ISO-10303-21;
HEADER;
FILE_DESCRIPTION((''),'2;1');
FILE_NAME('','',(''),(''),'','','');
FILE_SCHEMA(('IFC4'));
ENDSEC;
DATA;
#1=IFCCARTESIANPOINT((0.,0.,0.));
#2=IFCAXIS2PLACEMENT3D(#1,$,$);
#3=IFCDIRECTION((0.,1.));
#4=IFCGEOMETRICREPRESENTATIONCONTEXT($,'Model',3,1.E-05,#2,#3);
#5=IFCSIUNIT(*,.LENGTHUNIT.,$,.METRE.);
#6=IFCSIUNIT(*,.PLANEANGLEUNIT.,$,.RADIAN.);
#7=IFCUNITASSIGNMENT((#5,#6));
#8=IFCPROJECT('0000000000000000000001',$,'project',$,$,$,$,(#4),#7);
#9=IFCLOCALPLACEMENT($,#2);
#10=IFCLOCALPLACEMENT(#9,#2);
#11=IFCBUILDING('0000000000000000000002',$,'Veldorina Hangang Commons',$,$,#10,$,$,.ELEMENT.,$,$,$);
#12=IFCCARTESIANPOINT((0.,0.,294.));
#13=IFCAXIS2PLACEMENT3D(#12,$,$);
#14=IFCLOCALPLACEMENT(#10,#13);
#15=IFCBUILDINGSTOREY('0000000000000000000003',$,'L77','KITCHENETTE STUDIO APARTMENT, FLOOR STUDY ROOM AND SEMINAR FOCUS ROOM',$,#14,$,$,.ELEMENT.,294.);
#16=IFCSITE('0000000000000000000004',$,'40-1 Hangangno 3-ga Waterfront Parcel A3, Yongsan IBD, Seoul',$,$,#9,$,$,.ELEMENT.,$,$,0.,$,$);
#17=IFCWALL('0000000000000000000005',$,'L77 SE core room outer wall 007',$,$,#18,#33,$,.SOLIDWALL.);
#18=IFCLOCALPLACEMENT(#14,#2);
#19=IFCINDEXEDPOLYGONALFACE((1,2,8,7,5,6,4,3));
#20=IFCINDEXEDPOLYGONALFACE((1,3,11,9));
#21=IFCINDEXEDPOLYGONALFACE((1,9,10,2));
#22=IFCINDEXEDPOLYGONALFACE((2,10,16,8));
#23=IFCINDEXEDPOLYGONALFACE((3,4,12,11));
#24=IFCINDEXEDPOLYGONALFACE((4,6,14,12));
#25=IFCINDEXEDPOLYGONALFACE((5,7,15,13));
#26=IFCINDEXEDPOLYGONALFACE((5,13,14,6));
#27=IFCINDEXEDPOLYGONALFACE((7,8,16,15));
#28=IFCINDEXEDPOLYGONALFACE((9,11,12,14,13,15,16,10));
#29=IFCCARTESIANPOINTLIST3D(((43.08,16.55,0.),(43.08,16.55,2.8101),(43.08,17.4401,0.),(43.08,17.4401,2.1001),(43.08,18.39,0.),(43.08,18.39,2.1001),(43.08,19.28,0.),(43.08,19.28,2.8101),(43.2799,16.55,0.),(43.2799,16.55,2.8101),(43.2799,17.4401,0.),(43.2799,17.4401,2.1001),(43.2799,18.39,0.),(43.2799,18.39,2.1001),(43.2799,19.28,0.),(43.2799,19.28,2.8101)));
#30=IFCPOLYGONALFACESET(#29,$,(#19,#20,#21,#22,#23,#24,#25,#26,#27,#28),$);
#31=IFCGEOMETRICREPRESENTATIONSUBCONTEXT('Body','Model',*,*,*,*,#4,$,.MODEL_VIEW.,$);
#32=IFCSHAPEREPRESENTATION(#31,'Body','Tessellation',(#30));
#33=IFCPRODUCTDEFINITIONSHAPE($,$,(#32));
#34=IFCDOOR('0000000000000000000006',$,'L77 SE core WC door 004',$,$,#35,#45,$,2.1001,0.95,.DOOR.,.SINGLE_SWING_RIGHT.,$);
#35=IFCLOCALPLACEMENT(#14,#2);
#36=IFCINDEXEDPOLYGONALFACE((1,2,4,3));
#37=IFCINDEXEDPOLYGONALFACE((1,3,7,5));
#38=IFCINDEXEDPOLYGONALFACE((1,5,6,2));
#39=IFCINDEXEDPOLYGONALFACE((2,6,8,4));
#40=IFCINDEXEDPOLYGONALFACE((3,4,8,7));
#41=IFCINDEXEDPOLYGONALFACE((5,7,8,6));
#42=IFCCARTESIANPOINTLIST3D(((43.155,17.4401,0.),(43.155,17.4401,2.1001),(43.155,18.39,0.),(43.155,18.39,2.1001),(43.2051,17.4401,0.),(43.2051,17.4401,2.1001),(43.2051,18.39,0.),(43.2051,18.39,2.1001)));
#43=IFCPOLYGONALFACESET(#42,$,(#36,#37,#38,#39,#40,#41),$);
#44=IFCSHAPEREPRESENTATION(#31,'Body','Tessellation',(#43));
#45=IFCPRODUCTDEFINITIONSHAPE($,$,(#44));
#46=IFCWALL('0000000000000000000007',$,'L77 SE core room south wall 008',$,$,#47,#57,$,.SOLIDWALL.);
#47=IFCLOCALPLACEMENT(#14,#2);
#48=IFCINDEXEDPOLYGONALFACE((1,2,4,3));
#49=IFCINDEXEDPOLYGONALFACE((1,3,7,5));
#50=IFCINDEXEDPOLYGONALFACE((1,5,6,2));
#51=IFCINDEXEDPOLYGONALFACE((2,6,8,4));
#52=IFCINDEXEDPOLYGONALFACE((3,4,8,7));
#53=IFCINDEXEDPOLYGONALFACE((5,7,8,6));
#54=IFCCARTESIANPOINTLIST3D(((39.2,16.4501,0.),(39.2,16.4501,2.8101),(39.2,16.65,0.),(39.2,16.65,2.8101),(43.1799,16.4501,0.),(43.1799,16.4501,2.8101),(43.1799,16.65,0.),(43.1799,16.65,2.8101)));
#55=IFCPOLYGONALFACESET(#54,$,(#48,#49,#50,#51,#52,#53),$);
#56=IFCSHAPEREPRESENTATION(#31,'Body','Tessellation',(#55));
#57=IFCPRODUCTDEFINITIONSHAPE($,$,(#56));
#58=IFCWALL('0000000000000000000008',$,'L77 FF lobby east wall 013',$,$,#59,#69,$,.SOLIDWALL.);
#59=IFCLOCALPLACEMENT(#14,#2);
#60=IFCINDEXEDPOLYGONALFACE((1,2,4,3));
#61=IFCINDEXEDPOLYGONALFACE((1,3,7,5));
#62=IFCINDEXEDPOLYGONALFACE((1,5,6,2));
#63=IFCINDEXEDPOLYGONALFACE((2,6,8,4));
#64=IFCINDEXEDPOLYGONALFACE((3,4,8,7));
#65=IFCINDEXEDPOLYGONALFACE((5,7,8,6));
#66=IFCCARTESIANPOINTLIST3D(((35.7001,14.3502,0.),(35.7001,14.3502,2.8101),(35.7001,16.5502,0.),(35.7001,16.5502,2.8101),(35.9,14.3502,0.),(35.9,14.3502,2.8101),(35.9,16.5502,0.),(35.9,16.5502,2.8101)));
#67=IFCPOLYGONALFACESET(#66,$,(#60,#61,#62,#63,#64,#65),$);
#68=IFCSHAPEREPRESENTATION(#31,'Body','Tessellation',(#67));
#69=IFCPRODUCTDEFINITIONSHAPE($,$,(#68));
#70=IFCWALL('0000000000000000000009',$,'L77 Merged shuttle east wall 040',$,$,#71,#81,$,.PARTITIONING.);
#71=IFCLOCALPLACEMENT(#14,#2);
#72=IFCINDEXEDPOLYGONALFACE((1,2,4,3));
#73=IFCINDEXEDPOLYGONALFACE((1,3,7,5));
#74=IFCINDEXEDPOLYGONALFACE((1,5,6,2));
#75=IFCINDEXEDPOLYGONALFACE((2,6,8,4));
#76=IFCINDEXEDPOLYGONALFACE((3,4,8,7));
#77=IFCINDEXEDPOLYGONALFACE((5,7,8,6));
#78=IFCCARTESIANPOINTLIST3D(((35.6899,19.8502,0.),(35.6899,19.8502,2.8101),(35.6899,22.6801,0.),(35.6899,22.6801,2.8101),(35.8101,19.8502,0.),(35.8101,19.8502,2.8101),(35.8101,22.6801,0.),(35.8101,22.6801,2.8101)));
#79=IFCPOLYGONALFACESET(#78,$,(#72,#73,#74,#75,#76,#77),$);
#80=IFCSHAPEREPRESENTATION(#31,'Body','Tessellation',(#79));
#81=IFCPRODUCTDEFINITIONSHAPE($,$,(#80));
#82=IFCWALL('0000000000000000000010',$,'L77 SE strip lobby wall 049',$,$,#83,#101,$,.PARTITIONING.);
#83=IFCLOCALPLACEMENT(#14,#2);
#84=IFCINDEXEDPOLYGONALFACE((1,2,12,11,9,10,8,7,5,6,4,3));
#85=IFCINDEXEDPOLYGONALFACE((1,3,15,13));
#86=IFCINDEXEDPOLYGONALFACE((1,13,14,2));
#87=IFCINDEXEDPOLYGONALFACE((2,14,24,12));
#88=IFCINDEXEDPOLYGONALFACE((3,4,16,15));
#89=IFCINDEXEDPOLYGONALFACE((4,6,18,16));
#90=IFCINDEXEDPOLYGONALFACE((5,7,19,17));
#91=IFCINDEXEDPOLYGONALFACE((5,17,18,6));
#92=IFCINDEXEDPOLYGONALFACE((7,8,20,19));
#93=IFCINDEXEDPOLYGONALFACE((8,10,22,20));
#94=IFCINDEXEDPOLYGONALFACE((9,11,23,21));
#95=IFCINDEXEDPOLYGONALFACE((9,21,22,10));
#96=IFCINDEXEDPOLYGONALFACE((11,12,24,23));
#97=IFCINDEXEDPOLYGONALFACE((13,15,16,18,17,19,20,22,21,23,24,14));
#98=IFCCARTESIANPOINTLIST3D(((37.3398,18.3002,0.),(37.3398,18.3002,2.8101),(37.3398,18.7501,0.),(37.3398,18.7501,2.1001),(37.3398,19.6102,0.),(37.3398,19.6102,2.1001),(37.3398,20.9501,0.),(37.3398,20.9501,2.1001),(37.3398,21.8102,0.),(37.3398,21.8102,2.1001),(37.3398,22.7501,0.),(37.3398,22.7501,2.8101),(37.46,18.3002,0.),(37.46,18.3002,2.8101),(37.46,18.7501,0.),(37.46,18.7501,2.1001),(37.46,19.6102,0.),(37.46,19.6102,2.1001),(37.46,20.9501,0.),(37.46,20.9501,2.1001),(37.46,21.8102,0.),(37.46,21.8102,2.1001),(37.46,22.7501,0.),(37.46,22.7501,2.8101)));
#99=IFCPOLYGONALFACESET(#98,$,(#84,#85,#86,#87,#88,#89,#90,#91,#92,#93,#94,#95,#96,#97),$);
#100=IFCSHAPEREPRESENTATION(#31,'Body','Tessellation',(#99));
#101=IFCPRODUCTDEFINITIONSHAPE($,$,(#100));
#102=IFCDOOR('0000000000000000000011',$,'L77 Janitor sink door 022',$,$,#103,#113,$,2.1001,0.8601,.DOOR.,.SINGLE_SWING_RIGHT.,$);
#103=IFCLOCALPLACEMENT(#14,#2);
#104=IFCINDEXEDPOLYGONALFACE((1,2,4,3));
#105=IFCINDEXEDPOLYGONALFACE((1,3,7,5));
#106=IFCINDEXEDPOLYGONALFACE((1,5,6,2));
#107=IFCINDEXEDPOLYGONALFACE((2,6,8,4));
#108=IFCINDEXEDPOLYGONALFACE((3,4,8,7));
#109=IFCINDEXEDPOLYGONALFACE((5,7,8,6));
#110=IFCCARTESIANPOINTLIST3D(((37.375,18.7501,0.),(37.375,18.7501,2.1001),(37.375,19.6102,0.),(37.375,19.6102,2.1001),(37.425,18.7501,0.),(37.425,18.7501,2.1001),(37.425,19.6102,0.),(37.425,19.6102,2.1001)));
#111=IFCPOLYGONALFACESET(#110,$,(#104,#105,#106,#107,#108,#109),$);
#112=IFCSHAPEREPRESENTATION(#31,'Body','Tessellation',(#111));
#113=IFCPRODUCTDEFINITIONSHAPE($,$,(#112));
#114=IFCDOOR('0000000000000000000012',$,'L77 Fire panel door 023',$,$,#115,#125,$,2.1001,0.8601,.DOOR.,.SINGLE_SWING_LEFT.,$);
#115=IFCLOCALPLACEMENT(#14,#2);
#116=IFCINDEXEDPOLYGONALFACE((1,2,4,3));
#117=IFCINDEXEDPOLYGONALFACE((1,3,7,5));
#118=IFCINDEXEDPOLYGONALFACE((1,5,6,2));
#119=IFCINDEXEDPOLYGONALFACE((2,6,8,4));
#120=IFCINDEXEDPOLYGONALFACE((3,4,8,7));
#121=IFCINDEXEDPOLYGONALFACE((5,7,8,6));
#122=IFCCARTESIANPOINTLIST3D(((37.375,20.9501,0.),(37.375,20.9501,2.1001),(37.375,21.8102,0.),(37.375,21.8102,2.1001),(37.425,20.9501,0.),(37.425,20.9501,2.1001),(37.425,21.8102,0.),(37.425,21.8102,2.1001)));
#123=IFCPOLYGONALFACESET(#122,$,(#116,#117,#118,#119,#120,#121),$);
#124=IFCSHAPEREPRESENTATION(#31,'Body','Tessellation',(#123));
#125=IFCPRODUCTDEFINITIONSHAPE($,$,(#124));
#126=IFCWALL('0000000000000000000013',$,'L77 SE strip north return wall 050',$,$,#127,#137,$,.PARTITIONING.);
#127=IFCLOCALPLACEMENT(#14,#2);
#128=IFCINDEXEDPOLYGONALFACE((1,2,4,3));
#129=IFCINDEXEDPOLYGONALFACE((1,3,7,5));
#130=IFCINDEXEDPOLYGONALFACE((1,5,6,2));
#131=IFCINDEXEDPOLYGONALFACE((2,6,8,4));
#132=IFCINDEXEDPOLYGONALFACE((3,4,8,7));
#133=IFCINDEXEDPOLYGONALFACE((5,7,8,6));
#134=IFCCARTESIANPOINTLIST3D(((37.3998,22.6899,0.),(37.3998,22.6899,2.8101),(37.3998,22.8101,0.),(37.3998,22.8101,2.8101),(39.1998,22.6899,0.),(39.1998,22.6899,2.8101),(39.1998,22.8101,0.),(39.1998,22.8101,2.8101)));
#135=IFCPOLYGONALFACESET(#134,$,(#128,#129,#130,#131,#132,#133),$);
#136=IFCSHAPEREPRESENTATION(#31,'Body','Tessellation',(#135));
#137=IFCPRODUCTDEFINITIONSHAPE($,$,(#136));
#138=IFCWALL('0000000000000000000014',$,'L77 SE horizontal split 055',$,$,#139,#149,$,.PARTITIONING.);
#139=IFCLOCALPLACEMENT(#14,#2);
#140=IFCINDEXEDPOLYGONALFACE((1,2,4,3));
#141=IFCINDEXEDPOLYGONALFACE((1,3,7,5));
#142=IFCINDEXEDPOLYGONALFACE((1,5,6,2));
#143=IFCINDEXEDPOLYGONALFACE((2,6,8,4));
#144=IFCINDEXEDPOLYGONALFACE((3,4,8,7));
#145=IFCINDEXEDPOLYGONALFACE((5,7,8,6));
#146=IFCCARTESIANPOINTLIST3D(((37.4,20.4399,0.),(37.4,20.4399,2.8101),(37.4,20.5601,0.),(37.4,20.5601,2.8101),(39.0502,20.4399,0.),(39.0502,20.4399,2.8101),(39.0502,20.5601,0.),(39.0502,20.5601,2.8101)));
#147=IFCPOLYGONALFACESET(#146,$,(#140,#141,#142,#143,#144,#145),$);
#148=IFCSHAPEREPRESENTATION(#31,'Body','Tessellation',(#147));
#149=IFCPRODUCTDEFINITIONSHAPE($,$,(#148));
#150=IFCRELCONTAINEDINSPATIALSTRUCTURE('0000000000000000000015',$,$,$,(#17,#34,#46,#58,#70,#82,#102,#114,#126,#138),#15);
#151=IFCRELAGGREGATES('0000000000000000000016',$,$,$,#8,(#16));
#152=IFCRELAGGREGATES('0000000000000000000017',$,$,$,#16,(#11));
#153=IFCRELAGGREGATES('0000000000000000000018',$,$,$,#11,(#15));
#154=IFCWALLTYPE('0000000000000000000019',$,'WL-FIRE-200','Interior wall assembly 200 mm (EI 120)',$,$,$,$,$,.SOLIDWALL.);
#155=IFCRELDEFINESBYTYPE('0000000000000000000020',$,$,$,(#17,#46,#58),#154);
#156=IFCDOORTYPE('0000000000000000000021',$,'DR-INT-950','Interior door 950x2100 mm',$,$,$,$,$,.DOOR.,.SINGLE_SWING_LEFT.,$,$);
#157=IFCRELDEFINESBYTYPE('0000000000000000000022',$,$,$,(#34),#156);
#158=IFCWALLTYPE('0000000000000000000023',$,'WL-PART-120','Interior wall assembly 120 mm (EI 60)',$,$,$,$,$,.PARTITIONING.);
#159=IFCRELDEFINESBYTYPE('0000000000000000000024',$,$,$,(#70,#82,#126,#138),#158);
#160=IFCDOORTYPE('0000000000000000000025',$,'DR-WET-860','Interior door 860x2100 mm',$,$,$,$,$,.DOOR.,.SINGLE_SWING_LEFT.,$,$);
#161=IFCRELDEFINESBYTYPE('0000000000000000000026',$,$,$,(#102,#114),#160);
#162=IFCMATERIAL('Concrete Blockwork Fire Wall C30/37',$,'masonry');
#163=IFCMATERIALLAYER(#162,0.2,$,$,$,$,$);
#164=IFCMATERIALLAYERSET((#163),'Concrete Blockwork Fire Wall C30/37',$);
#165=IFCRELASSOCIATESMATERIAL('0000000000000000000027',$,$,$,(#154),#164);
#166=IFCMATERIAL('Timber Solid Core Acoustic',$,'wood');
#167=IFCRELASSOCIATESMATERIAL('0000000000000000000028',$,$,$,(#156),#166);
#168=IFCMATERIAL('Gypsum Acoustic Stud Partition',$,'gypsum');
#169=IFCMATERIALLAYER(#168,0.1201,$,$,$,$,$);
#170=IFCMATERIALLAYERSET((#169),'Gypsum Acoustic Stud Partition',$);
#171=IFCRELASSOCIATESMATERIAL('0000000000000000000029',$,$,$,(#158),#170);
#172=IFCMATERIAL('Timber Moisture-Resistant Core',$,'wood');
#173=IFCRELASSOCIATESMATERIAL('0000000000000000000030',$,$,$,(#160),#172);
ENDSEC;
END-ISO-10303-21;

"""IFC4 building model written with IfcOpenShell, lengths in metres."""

from ifc_helpers import new_model, si_unit, direction, frame, frame_2d, origin, place, context, subcontext, project, spatial, rectangle, extrude, material, layer, layer_set, type_object, element, fill, save


model = new_model("IFC4")

# Units and contexts
model_context = context("Model", 3, precision=1e-05, world=origin(), true_north=direction((0.0, 1.0)))
body_context = subcontext(model_context, "Body", "Model", "MODEL_VIEW")
ifc_project = project(units=[si_unit("LENGTHUNIT", "METRE"), si_unit("PLANEANGLEUNIT", "RADIAN")], contexts=[model_context])

# Site, building, storey
site_placement = place(None, origin())
site = spatial("IfcSite", under=ifc_project, at=site_placement, Name="40-1 Hangangno 3-ga Waterfront Parcel A3, Yongsan IBD, Seoul", CompositionType="ELEMENT", RefElevation=0.0)
building_placement = place(site_placement, origin())
building = spatial("IfcBuilding", under=site, at=building_placement, Name="Veldorina Hangang Commons", CompositionType="ELEMENT")
storey_placement = place(building_placement, frame((0.0, 0.0, 294.0)))
storey = spatial("IfcBuildingStorey", under=building, at=storey_placement, Name="L77", Description="KITCHENETTE STUDIO APARTMENT, FLOOR STUDY ROOM AND SEMINAR FOCUS ROOM", CompositionType="ELEMENT", Elevation=294.0)

# Wall, opening, door
ifc_material_1 = material(Name="Concrete Blockwork Fire Wall C30/37", Category="masonry")
ifc_layer_1 = layer(ifc_material_1, 0.2)
ifc_layer_set_1 = layer_set([ifc_layer_1], Name="Concrete Blockwork Fire Wall C30/37")
wall_type_1 = type_object("IfcWallType", Name="WL-FIRE-200", Description="Interior wall assembly 200 mm (EI 120)", PredefinedType="SOLIDWALL", material=ifc_layer_set_1)
wall_1_placement = place(storey_placement, frame((43.1799, 16.55, 0.0), z_axis=(0.0, 0.0, 1.0), x_axis=(0.0, 1.0, 0.0)))
wall_1 = element("IfcWall", 1, at=wall_1_placement, inside=storey, type_object=wall_type_1, Name="L77 SE core room outer wall 007", PredefinedType="SOLIDWALL", context=body_context, shape_type="SweptSolid", body=[
    extrude(rectangle(XDim=2.73, YDim=0.2, at=frame_2d((1.365, 0.0))), origin(), (0.0, 0.0, 1.0), 2.8101),
])
opening_1_placement = place(wall_1_placement, frame((0.8899, 0.0, 0.0)))
opening_1 = element("IfcOpeningElement", 2, at=opening_1_placement, cuts=wall_1, PredefinedType="OPENING", context=body_context, shape_type="SweptSolid", body=[
    extrude(rectangle(XDim=0.95, YDim=2.1001, at=frame_2d((0.4751, 1.05))), frame((0.0, 0.1099, 0.0), z_axis=(0.0, -1.0, 0.0), x_axis=(1.0, 0.0, 0.0)), (0.0, 0.0, 1.0), 0.22),
])
ifc_material_2 = material(Name="Timber Solid Core Acoustic", Category="wood")
door_type_1 = type_object("IfcDoorType", Name="DR-INT-950", Description="Interior door 950x2100 mm", OperationType="SINGLE_SWING_LEFT", PredefinedType="DOOR", material=ifc_material_2)
door_1_placement = place(opening_1_placement, origin())
door_1 = element("IfcDoor", 3, at=door_1_placement, inside=storey, type_object=door_type_1, Name="L77 SE core WC door 004", OperationType="SINGLE_SWING_RIGHT", OverallHeight=2.1001, OverallWidth=0.95, PredefinedType="DOOR", context=body_context, shape_type="SweptSolid", body=[
    extrude(rectangle(XDim=0.95, YDim=2.1001, at=frame_2d((0.4751, 1.05))), frame((0.0, 0.0249, 0.0), z_axis=(0.0, -1.0, 0.0), x_axis=(1.0, 0.0, 0.0)), (0.0, 0.0, 1.0), 0.05),
])
fill(opening_1, door_1)

# Walls
wall_2_placement = place(storey_placement, frame((39.2, 16.55, 0.0), z_axis=(0.0, 0.0, 1.0), x_axis=(1.0, 0.0, 0.0)))
element("IfcWall", 4, at=wall_2_placement, inside=storey, type_object=wall_type_1, Name="L77 SE core room south wall 008", PredefinedType="SOLIDWALL", context=body_context, shape_type="SweptSolid", body=[
    extrude(rectangle(XDim=3.98, YDim=0.2, at=frame_2d((1.99, 0.0))), origin(), (0.0, 0.0, 1.0), 2.8101),
])
wall_3_placement = place(storey_placement, frame((35.8, 14.3501, 0.0), z_axis=(0.0, 0.0, 1.0), x_axis=(0.0, 1.0, 0.0)))
element("IfcWall", 5, at=wall_3_placement, inside=storey, type_object=wall_type_1, Name="L77 FF lobby east wall 013", PredefinedType="SOLIDWALL", context=body_context, shape_type="SweptSolid", body=[
    extrude(rectangle(XDim=2.2, YDim=0.2, at=frame_2d((1.1001, 0.0))), origin(), (0.0, 0.0, 1.0), 2.8101),
])
ifc_material_3 = material(Name="Gypsum Acoustic Stud Partition", Category="gypsum")
ifc_layer_2 = layer(ifc_material_3, 0.1201)
ifc_layer_set_2 = layer_set([ifc_layer_2], Name="Gypsum Acoustic Stud Partition")
wall_type_2 = type_object("IfcWallType", Name="WL-PART-120", Description="Interior wall assembly 120 mm (EI 60)", PredefinedType="PARTITIONING", material=ifc_layer_set_2)
wall_4_placement = place(storey_placement, frame((35.75, 19.8501, 0.0), z_axis=(0.0, 0.0, 1.0), x_axis=(0.0, 1.0, 0.0)))
element("IfcWall", 6, at=wall_4_placement, inside=storey, type_object=wall_type_2, Name="L77 Merged shuttle east wall 040", PredefinedType="PARTITIONING", context=body_context, shape_type="SweptSolid", body=[
    extrude(rectangle(XDim=2.8298, YDim=0.1201, at=frame_2d((1.415, 0.0))), origin(), (0.0, 0.0, 1.0), 2.8101),
])

# Wall, openings, doors
wall_5_placement = place(storey_placement, frame((37.3999, 18.3, 0.0), z_axis=(0.0, 0.0, 1.0), x_axis=(0.0, 1.0, 0.0)))
wall_5 = element("IfcWall", 7, at=wall_5_placement, inside=storey, type_object=wall_type_2, Name="L77 SE strip lobby wall 049", PredefinedType="PARTITIONING", context=body_context, shape_type="SweptSolid", body=[
    extrude(rectangle(XDim=4.45, YDim=0.1201, at=frame_2d((2.2251, 0.0))), origin(), (0.0, 0.0, 1.0), 2.8101),
])
opening_2_placement = place(wall_5_placement, frame((0.45, 0.0, 0.0)))
opening_2 = element("IfcOpeningElement", 8, at=opening_2_placement, cuts=wall_5, PredefinedType="OPENING", context=body_context, shape_type="SweptSolid", body=[
    extrude(rectangle(XDim=0.8601, YDim=2.1001, at=frame_2d((0.4302, 1.05))), frame((0.0, 0.0701, 0.0), z_axis=(0.0, -1.0, 0.0), x_axis=(1.0, 0.0, 0.0)), (0.0, 0.0, 1.0), 0.1401),
])
opening_3_placement = place(wall_5_placement, frame((2.6499, 0.0, 0.0)))
opening_3 = element("IfcOpeningElement", 9, at=opening_3_placement, cuts=wall_5, PredefinedType="OPENING", context=body_context, shape_type="SweptSolid", body=[
    extrude(rectangle(XDim=0.8601, YDim=2.1001, at=frame_2d((0.4302, 1.05))), frame((0.0, 0.0701, 0.0), z_axis=(0.0, -1.0, 0.0), x_axis=(1.0, 0.0, 0.0)), (0.0, 0.0, 1.0), 0.1401),
])
ifc_material_4 = material(Name="Timber Moisture-Resistant Core", Category="wood")
door_type_2 = type_object("IfcDoorType", Name="DR-WET-860", Description="Interior door 860x2100 mm", OperationType="SINGLE_SWING_LEFT", PredefinedType="DOOR", material=ifc_material_4)
door_2_placement = place(opening_2_placement, origin())
door_2 = element("IfcDoor", 10, at=door_2_placement, inside=storey, type_object=door_type_2, Name="L77 Janitor sink door 022", OperationType="SINGLE_SWING_RIGHT", OverallHeight=2.1001, OverallWidth=0.8601, PredefinedType="DOOR", context=body_context, shape_type="SweptSolid", body=[
    extrude(rectangle(XDim=0.8601, YDim=2.1001, at=frame_2d((0.4302, 1.05))), frame((0.0, 0.0249, 0.0), z_axis=(0.0, -1.0, 0.0), x_axis=(1.0, 0.0, 0.0)), (0.0, 0.0, 1.0), 0.05),
])
fill(opening_2, door_2)
door_3_placement = place(opening_3_placement, origin())
door_3 = element("IfcDoor", 11, at=door_3_placement, inside=storey, type_object=door_type_2, Name="L77 Fire panel door 023", OperationType="SINGLE_SWING_LEFT", OverallHeight=2.1001, OverallWidth=0.8601, PredefinedType="DOOR", context=body_context, shape_type="SweptSolid", body=[
    extrude(rectangle(XDim=0.8601, YDim=2.1001, at=frame_2d((0.4302, 1.05))), frame((0.0, 0.0249, 0.0), z_axis=(0.0, -1.0, 0.0), x_axis=(1.0, 0.0, 0.0)), (0.0, 0.0, 1.0), 0.05),
])
fill(opening_3, door_3)

# Walls
wall_6_placement = place(storey_placement, frame((37.3999, 22.75, 0.0), z_axis=(0.0, 0.0, 1.0), x_axis=(1.0, 0.0, 0.0)))
element("IfcWall", 12, at=wall_6_placement, inside=storey, type_object=wall_type_2, Name="L77 SE strip north return wall 050", PredefinedType="PARTITIONING", context=body_context, shape_type="SweptSolid", body=[
    extrude(rectangle(XDim=1.8, YDim=0.1201, at=frame_2d((0.8999, 0.0))), origin(), (0.0, 0.0, 1.0), 2.8101),
])
wall_7_placement = place(storey_placement, frame((37.3999, 20.5, 0.0), z_axis=(0.0, 0.0, 1.0), x_axis=(1.0, 0.0, 0.0)))
element("IfcWall", 13, at=wall_7_placement, inside=storey, type_object=wall_type_2, Name="L77 SE horizontal split 055", PredefinedType="PARTITIONING", context=body_context, shape_type="SweptSolid", body=[
    extrude(rectangle(XDim=1.6501, YDim=0.1201, at=frame_2d((0.8252, 0.0))), origin(), (0.0, 0.0, 1.0), 2.8101),
])

save(model, "model.ifc")
